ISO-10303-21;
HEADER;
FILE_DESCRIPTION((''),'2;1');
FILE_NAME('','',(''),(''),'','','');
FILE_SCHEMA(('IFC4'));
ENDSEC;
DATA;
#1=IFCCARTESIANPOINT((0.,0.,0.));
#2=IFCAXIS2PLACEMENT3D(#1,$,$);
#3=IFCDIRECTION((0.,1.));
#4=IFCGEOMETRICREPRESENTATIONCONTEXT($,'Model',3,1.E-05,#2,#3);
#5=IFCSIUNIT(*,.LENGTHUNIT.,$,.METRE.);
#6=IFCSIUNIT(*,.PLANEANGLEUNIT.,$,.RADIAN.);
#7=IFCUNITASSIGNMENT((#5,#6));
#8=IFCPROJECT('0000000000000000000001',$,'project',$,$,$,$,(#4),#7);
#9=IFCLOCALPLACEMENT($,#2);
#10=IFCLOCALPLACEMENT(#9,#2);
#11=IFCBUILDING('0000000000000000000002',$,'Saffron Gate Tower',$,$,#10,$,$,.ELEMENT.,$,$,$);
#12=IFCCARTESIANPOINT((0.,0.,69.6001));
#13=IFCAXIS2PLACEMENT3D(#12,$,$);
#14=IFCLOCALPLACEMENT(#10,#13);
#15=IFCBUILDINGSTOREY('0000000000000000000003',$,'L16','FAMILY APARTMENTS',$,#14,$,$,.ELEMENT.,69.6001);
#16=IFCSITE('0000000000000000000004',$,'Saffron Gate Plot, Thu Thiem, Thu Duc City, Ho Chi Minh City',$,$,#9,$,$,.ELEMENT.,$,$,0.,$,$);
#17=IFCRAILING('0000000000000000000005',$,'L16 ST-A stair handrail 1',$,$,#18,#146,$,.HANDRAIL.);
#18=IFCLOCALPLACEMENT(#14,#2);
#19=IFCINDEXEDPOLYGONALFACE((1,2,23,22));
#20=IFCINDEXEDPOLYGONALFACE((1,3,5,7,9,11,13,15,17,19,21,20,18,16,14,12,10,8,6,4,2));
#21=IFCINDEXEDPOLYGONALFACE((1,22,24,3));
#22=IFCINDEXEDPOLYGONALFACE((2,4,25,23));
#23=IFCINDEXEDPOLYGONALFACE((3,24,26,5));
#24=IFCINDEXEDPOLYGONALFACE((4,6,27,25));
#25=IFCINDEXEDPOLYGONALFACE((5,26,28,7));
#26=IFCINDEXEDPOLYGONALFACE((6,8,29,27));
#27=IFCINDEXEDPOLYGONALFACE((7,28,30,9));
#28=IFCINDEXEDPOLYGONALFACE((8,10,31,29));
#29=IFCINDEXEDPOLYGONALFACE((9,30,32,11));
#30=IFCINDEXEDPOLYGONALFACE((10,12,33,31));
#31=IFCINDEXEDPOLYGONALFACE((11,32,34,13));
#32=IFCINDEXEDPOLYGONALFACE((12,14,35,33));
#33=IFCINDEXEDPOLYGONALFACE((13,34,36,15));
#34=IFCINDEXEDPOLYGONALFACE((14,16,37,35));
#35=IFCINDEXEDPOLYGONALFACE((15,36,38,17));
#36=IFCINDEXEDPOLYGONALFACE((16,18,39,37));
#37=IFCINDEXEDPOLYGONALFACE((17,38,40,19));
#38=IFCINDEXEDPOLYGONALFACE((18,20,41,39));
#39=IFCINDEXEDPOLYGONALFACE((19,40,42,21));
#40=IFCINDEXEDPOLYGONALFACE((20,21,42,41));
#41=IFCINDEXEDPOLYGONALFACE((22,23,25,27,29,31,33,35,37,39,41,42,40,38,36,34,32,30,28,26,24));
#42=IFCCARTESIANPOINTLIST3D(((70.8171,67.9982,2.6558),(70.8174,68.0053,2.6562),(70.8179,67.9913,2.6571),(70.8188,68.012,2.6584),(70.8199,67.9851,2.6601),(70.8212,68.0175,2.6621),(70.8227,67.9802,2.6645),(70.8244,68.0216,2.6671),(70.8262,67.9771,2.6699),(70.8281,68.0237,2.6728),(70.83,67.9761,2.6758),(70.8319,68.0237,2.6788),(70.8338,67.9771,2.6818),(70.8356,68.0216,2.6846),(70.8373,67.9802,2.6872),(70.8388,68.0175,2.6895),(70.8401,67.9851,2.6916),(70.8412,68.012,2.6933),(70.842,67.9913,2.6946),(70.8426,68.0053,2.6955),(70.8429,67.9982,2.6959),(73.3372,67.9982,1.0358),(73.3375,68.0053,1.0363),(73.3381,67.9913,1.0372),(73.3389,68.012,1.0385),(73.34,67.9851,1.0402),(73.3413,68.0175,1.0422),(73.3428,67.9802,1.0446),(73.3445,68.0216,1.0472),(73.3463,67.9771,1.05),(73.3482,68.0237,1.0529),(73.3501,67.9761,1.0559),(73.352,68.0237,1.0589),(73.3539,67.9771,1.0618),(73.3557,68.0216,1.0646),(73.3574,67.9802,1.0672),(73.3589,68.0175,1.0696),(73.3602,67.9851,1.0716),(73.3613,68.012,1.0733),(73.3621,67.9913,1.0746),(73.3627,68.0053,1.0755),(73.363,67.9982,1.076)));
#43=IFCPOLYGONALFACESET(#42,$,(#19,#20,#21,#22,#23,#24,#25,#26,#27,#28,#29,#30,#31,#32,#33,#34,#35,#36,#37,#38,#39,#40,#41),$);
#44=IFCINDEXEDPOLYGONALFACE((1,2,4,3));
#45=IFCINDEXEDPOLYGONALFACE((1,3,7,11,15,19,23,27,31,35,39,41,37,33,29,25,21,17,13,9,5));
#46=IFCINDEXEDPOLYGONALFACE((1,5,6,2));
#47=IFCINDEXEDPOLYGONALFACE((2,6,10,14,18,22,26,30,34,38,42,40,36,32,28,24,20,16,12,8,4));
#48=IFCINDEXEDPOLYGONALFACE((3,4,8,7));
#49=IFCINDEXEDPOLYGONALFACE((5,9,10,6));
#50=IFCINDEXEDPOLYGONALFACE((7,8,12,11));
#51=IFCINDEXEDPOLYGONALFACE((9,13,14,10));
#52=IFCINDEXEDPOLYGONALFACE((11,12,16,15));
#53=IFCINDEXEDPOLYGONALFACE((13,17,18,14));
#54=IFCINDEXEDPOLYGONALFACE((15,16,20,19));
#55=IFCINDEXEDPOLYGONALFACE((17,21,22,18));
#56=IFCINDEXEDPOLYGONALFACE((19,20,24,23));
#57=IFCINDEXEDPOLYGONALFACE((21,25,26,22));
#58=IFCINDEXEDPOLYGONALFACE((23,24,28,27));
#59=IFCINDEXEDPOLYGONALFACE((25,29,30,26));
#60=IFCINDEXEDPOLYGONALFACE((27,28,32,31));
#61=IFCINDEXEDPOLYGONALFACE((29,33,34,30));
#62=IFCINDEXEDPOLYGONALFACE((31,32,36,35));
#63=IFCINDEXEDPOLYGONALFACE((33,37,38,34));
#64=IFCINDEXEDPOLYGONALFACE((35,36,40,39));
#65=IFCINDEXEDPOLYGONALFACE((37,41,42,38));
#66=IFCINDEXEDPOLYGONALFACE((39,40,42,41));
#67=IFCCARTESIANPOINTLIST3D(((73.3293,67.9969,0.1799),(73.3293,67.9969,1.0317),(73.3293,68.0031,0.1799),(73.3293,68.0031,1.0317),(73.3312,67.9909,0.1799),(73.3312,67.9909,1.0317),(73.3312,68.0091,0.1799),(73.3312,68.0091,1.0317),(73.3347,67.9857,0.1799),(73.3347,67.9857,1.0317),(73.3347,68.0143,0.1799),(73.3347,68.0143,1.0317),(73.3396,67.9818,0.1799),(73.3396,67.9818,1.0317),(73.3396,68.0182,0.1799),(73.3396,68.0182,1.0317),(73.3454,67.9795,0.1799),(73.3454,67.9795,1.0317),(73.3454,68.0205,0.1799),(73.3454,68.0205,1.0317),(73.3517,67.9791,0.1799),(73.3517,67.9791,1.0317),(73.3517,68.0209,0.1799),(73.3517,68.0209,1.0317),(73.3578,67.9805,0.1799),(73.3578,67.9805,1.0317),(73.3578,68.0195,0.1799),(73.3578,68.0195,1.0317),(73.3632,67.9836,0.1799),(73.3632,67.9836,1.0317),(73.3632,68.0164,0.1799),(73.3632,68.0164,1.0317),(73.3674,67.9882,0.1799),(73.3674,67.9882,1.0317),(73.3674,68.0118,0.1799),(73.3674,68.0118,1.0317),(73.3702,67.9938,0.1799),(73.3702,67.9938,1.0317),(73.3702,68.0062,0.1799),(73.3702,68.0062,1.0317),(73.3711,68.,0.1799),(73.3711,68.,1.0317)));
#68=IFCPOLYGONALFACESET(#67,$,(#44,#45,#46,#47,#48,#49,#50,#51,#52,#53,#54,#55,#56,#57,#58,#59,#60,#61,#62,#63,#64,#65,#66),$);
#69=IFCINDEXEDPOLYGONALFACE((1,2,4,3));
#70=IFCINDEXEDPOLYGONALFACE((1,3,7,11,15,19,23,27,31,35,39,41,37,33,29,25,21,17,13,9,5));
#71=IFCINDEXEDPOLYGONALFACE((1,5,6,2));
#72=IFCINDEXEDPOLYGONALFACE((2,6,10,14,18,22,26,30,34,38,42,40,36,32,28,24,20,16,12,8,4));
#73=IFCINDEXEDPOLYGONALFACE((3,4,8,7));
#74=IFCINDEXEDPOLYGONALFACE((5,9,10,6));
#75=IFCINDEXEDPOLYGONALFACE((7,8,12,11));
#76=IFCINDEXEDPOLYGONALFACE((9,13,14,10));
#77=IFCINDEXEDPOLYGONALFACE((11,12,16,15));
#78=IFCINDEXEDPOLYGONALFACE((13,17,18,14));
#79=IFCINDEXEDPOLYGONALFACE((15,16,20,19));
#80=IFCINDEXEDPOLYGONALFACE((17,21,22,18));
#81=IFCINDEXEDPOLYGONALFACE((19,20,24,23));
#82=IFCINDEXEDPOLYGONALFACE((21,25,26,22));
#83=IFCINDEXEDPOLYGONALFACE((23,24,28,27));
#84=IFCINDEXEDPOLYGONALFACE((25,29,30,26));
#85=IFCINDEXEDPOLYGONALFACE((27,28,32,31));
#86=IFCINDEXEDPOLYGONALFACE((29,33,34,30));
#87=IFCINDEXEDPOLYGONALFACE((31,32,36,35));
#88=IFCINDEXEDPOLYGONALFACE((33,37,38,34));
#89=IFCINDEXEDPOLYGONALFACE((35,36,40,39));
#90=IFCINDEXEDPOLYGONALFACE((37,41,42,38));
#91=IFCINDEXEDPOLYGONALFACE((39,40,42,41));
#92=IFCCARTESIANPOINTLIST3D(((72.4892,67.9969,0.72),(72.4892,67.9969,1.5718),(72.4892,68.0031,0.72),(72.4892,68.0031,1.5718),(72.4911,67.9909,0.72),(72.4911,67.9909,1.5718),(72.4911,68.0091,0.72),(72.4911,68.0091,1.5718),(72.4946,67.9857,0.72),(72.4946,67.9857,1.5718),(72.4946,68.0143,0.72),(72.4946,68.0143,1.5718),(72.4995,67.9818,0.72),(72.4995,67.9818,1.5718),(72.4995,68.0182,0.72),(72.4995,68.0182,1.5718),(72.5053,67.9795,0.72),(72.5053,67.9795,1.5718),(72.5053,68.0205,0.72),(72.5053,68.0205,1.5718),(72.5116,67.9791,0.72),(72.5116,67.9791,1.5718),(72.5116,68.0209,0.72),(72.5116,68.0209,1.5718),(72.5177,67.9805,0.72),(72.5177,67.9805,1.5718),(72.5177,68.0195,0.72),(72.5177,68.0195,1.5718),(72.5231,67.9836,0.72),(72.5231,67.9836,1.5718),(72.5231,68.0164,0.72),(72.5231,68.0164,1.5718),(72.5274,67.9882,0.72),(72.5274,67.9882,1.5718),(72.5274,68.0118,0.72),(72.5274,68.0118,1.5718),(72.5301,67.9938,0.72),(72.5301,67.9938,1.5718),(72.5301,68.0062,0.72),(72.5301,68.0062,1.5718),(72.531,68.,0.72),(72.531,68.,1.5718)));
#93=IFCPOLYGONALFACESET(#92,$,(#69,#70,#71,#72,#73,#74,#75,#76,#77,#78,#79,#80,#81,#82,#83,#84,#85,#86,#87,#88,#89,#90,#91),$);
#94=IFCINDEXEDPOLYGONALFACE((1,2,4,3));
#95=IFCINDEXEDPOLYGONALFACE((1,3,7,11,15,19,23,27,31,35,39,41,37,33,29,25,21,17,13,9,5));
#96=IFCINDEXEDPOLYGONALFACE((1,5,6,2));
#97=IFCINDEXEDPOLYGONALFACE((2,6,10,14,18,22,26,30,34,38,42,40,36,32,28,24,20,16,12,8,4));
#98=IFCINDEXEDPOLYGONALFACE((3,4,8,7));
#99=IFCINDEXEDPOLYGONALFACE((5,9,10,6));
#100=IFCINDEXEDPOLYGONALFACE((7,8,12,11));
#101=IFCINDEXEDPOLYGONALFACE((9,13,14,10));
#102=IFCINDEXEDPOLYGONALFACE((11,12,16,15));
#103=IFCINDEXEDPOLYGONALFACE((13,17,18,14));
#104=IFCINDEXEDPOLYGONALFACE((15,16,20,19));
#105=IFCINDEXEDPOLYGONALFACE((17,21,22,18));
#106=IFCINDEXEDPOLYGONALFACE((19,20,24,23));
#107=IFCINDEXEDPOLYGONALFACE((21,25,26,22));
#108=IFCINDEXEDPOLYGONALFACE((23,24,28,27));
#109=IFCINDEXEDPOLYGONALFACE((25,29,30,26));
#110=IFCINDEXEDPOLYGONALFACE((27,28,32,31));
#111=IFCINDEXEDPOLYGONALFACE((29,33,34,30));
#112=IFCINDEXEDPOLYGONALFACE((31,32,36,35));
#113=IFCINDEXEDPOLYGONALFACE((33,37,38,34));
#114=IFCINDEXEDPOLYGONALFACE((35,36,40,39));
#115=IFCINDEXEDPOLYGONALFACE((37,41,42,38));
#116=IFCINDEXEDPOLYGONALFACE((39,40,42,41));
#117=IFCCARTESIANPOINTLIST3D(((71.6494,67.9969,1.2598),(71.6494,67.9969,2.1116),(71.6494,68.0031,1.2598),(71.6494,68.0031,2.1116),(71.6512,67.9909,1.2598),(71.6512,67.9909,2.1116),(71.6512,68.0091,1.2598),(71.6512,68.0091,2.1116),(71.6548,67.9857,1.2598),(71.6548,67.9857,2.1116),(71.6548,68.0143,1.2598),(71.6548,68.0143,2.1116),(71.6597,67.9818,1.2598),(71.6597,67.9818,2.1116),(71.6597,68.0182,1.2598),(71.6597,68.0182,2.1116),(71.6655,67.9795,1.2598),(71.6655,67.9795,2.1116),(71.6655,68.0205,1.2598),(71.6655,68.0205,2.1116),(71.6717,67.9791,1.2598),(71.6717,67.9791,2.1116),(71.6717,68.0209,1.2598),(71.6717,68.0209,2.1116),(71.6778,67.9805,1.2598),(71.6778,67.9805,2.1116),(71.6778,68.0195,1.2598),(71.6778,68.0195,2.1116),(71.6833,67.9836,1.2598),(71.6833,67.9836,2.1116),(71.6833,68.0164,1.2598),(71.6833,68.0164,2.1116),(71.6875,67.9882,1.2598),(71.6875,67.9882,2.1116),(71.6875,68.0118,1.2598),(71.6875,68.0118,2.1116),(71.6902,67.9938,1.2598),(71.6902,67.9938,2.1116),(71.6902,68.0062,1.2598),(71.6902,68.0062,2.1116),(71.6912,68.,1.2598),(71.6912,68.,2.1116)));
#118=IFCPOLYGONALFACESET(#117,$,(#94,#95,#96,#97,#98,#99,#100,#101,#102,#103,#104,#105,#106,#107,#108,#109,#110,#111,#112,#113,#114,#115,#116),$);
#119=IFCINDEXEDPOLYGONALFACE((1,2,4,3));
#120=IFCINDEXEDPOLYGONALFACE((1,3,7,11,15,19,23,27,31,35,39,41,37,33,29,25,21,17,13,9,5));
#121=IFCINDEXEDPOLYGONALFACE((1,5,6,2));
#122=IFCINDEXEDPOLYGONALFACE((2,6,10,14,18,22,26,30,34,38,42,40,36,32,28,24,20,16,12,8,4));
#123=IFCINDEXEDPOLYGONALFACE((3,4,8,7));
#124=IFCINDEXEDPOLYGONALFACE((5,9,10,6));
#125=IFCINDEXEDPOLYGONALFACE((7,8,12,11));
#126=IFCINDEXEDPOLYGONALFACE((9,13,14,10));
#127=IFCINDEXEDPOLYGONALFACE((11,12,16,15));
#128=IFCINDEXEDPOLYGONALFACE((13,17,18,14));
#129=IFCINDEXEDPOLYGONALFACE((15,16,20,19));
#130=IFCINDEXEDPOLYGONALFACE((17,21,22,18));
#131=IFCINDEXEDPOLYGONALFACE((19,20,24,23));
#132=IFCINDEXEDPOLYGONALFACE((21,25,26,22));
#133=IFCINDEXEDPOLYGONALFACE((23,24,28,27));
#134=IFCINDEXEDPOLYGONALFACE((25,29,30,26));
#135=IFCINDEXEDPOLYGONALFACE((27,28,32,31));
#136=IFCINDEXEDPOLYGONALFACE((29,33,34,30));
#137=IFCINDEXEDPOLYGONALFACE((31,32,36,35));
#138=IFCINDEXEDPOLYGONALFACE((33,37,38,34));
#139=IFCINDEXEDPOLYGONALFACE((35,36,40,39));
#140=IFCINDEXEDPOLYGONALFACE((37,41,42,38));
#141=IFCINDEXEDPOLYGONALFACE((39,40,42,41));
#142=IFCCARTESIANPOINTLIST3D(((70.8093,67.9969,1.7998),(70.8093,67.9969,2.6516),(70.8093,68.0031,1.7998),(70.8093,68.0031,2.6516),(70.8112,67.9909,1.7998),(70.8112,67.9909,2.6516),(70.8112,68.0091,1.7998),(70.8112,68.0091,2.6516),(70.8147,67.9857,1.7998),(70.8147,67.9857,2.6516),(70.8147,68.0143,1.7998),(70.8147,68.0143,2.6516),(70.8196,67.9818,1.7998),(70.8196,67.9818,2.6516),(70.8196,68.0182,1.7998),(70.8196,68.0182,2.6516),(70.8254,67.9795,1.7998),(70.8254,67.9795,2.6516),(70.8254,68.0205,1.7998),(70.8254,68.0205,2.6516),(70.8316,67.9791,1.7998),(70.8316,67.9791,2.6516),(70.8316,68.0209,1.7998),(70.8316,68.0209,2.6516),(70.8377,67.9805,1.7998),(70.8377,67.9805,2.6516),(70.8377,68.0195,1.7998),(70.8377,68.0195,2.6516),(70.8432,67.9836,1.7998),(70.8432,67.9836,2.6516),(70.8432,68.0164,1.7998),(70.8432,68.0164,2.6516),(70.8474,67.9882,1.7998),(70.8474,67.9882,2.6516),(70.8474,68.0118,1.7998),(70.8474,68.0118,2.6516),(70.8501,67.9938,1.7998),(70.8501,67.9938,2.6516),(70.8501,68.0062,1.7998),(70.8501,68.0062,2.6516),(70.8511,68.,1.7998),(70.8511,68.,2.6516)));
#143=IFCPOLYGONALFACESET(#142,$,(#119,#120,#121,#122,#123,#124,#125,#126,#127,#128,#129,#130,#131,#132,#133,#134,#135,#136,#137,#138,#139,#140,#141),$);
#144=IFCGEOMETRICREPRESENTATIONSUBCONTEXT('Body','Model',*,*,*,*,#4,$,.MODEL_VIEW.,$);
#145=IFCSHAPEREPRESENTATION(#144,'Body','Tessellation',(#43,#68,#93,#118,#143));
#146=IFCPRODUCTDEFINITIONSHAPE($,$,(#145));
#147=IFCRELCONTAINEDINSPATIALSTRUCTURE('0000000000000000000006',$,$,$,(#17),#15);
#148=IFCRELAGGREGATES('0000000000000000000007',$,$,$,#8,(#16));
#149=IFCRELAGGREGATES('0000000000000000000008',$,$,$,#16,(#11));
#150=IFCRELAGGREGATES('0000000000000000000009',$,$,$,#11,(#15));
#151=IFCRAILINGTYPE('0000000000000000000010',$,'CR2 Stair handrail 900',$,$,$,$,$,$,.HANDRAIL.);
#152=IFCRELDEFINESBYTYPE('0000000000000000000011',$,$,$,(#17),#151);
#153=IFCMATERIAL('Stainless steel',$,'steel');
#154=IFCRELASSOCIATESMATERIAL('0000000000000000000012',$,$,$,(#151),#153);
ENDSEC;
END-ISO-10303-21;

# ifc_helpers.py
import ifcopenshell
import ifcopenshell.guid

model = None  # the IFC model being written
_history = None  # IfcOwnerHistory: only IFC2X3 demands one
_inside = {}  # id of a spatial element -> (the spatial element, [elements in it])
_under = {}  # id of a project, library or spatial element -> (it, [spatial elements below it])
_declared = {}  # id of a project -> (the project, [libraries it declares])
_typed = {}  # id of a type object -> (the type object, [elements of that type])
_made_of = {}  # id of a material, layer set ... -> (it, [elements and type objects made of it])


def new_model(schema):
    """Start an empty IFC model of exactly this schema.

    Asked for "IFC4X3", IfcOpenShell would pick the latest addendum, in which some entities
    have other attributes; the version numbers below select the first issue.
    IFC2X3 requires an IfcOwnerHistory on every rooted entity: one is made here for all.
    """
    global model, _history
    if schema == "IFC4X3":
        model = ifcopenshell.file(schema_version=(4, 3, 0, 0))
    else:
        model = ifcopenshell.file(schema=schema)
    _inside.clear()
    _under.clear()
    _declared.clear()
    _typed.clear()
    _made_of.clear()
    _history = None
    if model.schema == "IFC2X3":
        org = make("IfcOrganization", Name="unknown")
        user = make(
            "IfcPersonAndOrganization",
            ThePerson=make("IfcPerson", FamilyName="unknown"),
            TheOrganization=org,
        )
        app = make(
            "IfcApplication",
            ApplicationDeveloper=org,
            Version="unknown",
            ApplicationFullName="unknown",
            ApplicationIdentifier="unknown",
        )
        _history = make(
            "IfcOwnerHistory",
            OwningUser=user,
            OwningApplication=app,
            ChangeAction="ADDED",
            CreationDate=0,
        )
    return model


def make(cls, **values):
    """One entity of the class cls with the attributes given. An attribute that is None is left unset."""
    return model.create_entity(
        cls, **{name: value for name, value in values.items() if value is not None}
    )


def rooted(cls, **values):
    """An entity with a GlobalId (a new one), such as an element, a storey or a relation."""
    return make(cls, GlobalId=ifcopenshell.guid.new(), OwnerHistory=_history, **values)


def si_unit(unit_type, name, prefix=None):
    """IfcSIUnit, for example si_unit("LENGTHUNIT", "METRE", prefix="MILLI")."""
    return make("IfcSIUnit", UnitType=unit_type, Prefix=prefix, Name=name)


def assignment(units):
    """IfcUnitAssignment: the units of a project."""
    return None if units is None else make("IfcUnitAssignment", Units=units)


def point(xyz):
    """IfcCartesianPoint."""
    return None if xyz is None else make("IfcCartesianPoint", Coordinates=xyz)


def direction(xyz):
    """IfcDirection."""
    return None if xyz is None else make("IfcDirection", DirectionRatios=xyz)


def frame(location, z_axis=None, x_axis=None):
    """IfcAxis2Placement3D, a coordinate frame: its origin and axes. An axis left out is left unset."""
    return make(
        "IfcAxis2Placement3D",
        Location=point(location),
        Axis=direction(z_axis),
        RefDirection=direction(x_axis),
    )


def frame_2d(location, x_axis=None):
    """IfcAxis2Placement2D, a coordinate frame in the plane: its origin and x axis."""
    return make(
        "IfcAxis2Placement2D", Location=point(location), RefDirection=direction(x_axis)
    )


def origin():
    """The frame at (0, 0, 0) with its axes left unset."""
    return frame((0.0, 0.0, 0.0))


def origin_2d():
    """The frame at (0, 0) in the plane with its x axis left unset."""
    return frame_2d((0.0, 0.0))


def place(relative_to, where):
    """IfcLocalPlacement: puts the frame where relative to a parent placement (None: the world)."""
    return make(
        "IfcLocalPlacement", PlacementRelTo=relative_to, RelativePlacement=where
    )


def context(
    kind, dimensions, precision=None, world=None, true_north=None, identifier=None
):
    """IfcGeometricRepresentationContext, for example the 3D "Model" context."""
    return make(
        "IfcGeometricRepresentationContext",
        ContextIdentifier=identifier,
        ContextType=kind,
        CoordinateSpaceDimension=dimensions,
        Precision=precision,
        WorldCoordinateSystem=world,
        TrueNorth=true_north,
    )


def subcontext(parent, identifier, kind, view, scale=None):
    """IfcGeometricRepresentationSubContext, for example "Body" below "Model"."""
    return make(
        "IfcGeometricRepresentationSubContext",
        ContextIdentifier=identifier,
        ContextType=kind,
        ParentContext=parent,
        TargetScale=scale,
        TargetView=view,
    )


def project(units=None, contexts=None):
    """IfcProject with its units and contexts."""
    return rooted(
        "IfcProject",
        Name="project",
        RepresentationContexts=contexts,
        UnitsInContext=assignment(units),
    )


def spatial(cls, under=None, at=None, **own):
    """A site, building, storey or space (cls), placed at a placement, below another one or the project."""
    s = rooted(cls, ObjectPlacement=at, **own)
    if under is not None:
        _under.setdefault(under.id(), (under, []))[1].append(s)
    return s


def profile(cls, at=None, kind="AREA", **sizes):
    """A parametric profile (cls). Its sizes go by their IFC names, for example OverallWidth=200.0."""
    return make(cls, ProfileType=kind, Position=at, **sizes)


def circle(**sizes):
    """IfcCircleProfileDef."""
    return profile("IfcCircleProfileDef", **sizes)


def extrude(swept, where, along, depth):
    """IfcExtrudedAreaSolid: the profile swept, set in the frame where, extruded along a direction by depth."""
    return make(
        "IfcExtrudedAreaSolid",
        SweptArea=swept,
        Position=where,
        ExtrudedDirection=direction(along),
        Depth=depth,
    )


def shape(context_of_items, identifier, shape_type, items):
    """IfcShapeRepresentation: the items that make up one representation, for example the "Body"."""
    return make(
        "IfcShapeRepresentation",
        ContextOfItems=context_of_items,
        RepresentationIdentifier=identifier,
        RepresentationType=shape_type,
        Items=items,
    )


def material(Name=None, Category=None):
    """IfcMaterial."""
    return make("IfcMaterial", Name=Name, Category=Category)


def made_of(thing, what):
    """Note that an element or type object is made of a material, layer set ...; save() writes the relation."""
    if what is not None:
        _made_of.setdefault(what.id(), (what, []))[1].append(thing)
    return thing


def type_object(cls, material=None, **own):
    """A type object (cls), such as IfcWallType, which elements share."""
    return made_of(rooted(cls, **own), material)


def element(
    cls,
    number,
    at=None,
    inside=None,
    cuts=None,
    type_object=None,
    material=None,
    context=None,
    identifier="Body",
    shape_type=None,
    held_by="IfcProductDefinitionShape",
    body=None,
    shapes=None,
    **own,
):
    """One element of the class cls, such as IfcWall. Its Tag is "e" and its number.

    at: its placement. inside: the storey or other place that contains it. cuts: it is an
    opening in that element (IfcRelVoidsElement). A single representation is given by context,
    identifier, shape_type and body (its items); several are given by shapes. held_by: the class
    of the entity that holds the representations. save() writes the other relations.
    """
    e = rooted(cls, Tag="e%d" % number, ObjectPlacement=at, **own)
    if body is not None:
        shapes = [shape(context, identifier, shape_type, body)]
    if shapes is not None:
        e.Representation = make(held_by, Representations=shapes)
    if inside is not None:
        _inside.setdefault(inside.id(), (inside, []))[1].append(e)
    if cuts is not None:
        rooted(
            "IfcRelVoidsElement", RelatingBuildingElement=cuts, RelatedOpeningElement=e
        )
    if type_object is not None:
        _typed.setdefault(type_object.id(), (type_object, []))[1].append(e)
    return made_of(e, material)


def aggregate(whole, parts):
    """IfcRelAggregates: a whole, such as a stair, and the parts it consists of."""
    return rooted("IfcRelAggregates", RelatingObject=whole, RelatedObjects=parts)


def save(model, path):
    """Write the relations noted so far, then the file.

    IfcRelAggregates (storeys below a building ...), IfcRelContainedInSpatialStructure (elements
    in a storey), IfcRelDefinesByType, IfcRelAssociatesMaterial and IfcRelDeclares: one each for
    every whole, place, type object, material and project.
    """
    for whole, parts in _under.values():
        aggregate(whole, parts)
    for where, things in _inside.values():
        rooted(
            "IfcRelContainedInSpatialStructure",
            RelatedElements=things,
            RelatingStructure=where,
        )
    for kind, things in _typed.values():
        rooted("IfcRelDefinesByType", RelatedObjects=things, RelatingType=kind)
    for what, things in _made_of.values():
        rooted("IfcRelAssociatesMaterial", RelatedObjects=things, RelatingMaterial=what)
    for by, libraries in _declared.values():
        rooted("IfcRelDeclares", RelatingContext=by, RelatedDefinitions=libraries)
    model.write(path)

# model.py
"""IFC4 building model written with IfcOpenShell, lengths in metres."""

from ifc_helpers import new_model, si_unit, direction, frame, origin, origin_2d, place, context, subcontext, project, spatial, circle, extrude, material, type_object, element, save


model = new_model("IFC4")

# Units and contexts
model_context = context("Model", 3, precision=1e-05, world=origin(), true_north=direction((0.0, 1.0)))
body_context = subcontext(model_context, "Body", "Model", "MODEL_VIEW")
ifc_project = project(units=[si_unit("LENGTHUNIT", "METRE"), si_unit("PLANEANGLEUNIT", "RADIAN")], contexts=[model_context])

# Site, building, storey
site_placement = place(None, origin())
site = spatial("IfcSite", under=ifc_project, at=site_placement, Name="Saffron Gate Plot, Thu Thiem, Thu Duc City, Ho Chi Minh City", CompositionType="ELEMENT", RefElevation=0.0)
building_placement = place(site_placement, origin())
building = spatial("IfcBuilding", under=site, at=building_placement, Name="Saffron Gate Tower", CompositionType="ELEMENT")
storey_placement = place(building_placement, frame((0.0, 0.0, 69.6001)))
storey = spatial("IfcBuildingStorey", under=building, at=storey_placement, Name="L16", Description="FAMILY APARTMENTS", CompositionType="ELEMENT", Elevation=69.6001)

# Railing
ifc_material_1 = material(Name="Stainless steel", Category="steel")
railing_type = type_object("IfcRailingType", Name="CR2 Stair handrail 900", PredefinedType="HANDRAIL", material=ifc_material_1)
railing_placement = place(storey_placement, frame((73.3501, 68.0, 0.1799)))
element("IfcRailing", 1, at=railing_placement, inside=storey, type_object=railing_type, Name="L16 ST-A stair handrail 1", PredefinedType="HANDRAIL", context=body_context, shape_type="SweptSolid", body=[
    extrude(circle(Radius=0.0239, at=origin_2d()), frame((0.0, 0.0, 0.876), z_axis=(-0.8412, 0.0, 0.540725), x_axis=(0.0, -1.0, 0.0)), (0.0, 0.0, 1.0), 2.9958),
    extrude(circle(Radius=0.021, at=origin_2d()), origin(), (0.0, 0.0, 1.0), 0.8518),
    extrude(circle(Radius=0.021, at=origin_2d()), frame((-0.8401, 0.0, 0.54)), (0.0, 0.0, 1.0), 0.8518),
    extrude(circle(Radius=0.021, at=origin_2d()), frame((-1.6799, 0.0, 1.0798)), (0.0, 0.0, 1.0), 0.8518),
    extrude(circle(Radius=0.021, at=origin_2d()), frame((-2.52, 0.0, 1.6199)), (0.0, 0.0, 1.0), 0.8518),
])

save(model, "model.ifc")
